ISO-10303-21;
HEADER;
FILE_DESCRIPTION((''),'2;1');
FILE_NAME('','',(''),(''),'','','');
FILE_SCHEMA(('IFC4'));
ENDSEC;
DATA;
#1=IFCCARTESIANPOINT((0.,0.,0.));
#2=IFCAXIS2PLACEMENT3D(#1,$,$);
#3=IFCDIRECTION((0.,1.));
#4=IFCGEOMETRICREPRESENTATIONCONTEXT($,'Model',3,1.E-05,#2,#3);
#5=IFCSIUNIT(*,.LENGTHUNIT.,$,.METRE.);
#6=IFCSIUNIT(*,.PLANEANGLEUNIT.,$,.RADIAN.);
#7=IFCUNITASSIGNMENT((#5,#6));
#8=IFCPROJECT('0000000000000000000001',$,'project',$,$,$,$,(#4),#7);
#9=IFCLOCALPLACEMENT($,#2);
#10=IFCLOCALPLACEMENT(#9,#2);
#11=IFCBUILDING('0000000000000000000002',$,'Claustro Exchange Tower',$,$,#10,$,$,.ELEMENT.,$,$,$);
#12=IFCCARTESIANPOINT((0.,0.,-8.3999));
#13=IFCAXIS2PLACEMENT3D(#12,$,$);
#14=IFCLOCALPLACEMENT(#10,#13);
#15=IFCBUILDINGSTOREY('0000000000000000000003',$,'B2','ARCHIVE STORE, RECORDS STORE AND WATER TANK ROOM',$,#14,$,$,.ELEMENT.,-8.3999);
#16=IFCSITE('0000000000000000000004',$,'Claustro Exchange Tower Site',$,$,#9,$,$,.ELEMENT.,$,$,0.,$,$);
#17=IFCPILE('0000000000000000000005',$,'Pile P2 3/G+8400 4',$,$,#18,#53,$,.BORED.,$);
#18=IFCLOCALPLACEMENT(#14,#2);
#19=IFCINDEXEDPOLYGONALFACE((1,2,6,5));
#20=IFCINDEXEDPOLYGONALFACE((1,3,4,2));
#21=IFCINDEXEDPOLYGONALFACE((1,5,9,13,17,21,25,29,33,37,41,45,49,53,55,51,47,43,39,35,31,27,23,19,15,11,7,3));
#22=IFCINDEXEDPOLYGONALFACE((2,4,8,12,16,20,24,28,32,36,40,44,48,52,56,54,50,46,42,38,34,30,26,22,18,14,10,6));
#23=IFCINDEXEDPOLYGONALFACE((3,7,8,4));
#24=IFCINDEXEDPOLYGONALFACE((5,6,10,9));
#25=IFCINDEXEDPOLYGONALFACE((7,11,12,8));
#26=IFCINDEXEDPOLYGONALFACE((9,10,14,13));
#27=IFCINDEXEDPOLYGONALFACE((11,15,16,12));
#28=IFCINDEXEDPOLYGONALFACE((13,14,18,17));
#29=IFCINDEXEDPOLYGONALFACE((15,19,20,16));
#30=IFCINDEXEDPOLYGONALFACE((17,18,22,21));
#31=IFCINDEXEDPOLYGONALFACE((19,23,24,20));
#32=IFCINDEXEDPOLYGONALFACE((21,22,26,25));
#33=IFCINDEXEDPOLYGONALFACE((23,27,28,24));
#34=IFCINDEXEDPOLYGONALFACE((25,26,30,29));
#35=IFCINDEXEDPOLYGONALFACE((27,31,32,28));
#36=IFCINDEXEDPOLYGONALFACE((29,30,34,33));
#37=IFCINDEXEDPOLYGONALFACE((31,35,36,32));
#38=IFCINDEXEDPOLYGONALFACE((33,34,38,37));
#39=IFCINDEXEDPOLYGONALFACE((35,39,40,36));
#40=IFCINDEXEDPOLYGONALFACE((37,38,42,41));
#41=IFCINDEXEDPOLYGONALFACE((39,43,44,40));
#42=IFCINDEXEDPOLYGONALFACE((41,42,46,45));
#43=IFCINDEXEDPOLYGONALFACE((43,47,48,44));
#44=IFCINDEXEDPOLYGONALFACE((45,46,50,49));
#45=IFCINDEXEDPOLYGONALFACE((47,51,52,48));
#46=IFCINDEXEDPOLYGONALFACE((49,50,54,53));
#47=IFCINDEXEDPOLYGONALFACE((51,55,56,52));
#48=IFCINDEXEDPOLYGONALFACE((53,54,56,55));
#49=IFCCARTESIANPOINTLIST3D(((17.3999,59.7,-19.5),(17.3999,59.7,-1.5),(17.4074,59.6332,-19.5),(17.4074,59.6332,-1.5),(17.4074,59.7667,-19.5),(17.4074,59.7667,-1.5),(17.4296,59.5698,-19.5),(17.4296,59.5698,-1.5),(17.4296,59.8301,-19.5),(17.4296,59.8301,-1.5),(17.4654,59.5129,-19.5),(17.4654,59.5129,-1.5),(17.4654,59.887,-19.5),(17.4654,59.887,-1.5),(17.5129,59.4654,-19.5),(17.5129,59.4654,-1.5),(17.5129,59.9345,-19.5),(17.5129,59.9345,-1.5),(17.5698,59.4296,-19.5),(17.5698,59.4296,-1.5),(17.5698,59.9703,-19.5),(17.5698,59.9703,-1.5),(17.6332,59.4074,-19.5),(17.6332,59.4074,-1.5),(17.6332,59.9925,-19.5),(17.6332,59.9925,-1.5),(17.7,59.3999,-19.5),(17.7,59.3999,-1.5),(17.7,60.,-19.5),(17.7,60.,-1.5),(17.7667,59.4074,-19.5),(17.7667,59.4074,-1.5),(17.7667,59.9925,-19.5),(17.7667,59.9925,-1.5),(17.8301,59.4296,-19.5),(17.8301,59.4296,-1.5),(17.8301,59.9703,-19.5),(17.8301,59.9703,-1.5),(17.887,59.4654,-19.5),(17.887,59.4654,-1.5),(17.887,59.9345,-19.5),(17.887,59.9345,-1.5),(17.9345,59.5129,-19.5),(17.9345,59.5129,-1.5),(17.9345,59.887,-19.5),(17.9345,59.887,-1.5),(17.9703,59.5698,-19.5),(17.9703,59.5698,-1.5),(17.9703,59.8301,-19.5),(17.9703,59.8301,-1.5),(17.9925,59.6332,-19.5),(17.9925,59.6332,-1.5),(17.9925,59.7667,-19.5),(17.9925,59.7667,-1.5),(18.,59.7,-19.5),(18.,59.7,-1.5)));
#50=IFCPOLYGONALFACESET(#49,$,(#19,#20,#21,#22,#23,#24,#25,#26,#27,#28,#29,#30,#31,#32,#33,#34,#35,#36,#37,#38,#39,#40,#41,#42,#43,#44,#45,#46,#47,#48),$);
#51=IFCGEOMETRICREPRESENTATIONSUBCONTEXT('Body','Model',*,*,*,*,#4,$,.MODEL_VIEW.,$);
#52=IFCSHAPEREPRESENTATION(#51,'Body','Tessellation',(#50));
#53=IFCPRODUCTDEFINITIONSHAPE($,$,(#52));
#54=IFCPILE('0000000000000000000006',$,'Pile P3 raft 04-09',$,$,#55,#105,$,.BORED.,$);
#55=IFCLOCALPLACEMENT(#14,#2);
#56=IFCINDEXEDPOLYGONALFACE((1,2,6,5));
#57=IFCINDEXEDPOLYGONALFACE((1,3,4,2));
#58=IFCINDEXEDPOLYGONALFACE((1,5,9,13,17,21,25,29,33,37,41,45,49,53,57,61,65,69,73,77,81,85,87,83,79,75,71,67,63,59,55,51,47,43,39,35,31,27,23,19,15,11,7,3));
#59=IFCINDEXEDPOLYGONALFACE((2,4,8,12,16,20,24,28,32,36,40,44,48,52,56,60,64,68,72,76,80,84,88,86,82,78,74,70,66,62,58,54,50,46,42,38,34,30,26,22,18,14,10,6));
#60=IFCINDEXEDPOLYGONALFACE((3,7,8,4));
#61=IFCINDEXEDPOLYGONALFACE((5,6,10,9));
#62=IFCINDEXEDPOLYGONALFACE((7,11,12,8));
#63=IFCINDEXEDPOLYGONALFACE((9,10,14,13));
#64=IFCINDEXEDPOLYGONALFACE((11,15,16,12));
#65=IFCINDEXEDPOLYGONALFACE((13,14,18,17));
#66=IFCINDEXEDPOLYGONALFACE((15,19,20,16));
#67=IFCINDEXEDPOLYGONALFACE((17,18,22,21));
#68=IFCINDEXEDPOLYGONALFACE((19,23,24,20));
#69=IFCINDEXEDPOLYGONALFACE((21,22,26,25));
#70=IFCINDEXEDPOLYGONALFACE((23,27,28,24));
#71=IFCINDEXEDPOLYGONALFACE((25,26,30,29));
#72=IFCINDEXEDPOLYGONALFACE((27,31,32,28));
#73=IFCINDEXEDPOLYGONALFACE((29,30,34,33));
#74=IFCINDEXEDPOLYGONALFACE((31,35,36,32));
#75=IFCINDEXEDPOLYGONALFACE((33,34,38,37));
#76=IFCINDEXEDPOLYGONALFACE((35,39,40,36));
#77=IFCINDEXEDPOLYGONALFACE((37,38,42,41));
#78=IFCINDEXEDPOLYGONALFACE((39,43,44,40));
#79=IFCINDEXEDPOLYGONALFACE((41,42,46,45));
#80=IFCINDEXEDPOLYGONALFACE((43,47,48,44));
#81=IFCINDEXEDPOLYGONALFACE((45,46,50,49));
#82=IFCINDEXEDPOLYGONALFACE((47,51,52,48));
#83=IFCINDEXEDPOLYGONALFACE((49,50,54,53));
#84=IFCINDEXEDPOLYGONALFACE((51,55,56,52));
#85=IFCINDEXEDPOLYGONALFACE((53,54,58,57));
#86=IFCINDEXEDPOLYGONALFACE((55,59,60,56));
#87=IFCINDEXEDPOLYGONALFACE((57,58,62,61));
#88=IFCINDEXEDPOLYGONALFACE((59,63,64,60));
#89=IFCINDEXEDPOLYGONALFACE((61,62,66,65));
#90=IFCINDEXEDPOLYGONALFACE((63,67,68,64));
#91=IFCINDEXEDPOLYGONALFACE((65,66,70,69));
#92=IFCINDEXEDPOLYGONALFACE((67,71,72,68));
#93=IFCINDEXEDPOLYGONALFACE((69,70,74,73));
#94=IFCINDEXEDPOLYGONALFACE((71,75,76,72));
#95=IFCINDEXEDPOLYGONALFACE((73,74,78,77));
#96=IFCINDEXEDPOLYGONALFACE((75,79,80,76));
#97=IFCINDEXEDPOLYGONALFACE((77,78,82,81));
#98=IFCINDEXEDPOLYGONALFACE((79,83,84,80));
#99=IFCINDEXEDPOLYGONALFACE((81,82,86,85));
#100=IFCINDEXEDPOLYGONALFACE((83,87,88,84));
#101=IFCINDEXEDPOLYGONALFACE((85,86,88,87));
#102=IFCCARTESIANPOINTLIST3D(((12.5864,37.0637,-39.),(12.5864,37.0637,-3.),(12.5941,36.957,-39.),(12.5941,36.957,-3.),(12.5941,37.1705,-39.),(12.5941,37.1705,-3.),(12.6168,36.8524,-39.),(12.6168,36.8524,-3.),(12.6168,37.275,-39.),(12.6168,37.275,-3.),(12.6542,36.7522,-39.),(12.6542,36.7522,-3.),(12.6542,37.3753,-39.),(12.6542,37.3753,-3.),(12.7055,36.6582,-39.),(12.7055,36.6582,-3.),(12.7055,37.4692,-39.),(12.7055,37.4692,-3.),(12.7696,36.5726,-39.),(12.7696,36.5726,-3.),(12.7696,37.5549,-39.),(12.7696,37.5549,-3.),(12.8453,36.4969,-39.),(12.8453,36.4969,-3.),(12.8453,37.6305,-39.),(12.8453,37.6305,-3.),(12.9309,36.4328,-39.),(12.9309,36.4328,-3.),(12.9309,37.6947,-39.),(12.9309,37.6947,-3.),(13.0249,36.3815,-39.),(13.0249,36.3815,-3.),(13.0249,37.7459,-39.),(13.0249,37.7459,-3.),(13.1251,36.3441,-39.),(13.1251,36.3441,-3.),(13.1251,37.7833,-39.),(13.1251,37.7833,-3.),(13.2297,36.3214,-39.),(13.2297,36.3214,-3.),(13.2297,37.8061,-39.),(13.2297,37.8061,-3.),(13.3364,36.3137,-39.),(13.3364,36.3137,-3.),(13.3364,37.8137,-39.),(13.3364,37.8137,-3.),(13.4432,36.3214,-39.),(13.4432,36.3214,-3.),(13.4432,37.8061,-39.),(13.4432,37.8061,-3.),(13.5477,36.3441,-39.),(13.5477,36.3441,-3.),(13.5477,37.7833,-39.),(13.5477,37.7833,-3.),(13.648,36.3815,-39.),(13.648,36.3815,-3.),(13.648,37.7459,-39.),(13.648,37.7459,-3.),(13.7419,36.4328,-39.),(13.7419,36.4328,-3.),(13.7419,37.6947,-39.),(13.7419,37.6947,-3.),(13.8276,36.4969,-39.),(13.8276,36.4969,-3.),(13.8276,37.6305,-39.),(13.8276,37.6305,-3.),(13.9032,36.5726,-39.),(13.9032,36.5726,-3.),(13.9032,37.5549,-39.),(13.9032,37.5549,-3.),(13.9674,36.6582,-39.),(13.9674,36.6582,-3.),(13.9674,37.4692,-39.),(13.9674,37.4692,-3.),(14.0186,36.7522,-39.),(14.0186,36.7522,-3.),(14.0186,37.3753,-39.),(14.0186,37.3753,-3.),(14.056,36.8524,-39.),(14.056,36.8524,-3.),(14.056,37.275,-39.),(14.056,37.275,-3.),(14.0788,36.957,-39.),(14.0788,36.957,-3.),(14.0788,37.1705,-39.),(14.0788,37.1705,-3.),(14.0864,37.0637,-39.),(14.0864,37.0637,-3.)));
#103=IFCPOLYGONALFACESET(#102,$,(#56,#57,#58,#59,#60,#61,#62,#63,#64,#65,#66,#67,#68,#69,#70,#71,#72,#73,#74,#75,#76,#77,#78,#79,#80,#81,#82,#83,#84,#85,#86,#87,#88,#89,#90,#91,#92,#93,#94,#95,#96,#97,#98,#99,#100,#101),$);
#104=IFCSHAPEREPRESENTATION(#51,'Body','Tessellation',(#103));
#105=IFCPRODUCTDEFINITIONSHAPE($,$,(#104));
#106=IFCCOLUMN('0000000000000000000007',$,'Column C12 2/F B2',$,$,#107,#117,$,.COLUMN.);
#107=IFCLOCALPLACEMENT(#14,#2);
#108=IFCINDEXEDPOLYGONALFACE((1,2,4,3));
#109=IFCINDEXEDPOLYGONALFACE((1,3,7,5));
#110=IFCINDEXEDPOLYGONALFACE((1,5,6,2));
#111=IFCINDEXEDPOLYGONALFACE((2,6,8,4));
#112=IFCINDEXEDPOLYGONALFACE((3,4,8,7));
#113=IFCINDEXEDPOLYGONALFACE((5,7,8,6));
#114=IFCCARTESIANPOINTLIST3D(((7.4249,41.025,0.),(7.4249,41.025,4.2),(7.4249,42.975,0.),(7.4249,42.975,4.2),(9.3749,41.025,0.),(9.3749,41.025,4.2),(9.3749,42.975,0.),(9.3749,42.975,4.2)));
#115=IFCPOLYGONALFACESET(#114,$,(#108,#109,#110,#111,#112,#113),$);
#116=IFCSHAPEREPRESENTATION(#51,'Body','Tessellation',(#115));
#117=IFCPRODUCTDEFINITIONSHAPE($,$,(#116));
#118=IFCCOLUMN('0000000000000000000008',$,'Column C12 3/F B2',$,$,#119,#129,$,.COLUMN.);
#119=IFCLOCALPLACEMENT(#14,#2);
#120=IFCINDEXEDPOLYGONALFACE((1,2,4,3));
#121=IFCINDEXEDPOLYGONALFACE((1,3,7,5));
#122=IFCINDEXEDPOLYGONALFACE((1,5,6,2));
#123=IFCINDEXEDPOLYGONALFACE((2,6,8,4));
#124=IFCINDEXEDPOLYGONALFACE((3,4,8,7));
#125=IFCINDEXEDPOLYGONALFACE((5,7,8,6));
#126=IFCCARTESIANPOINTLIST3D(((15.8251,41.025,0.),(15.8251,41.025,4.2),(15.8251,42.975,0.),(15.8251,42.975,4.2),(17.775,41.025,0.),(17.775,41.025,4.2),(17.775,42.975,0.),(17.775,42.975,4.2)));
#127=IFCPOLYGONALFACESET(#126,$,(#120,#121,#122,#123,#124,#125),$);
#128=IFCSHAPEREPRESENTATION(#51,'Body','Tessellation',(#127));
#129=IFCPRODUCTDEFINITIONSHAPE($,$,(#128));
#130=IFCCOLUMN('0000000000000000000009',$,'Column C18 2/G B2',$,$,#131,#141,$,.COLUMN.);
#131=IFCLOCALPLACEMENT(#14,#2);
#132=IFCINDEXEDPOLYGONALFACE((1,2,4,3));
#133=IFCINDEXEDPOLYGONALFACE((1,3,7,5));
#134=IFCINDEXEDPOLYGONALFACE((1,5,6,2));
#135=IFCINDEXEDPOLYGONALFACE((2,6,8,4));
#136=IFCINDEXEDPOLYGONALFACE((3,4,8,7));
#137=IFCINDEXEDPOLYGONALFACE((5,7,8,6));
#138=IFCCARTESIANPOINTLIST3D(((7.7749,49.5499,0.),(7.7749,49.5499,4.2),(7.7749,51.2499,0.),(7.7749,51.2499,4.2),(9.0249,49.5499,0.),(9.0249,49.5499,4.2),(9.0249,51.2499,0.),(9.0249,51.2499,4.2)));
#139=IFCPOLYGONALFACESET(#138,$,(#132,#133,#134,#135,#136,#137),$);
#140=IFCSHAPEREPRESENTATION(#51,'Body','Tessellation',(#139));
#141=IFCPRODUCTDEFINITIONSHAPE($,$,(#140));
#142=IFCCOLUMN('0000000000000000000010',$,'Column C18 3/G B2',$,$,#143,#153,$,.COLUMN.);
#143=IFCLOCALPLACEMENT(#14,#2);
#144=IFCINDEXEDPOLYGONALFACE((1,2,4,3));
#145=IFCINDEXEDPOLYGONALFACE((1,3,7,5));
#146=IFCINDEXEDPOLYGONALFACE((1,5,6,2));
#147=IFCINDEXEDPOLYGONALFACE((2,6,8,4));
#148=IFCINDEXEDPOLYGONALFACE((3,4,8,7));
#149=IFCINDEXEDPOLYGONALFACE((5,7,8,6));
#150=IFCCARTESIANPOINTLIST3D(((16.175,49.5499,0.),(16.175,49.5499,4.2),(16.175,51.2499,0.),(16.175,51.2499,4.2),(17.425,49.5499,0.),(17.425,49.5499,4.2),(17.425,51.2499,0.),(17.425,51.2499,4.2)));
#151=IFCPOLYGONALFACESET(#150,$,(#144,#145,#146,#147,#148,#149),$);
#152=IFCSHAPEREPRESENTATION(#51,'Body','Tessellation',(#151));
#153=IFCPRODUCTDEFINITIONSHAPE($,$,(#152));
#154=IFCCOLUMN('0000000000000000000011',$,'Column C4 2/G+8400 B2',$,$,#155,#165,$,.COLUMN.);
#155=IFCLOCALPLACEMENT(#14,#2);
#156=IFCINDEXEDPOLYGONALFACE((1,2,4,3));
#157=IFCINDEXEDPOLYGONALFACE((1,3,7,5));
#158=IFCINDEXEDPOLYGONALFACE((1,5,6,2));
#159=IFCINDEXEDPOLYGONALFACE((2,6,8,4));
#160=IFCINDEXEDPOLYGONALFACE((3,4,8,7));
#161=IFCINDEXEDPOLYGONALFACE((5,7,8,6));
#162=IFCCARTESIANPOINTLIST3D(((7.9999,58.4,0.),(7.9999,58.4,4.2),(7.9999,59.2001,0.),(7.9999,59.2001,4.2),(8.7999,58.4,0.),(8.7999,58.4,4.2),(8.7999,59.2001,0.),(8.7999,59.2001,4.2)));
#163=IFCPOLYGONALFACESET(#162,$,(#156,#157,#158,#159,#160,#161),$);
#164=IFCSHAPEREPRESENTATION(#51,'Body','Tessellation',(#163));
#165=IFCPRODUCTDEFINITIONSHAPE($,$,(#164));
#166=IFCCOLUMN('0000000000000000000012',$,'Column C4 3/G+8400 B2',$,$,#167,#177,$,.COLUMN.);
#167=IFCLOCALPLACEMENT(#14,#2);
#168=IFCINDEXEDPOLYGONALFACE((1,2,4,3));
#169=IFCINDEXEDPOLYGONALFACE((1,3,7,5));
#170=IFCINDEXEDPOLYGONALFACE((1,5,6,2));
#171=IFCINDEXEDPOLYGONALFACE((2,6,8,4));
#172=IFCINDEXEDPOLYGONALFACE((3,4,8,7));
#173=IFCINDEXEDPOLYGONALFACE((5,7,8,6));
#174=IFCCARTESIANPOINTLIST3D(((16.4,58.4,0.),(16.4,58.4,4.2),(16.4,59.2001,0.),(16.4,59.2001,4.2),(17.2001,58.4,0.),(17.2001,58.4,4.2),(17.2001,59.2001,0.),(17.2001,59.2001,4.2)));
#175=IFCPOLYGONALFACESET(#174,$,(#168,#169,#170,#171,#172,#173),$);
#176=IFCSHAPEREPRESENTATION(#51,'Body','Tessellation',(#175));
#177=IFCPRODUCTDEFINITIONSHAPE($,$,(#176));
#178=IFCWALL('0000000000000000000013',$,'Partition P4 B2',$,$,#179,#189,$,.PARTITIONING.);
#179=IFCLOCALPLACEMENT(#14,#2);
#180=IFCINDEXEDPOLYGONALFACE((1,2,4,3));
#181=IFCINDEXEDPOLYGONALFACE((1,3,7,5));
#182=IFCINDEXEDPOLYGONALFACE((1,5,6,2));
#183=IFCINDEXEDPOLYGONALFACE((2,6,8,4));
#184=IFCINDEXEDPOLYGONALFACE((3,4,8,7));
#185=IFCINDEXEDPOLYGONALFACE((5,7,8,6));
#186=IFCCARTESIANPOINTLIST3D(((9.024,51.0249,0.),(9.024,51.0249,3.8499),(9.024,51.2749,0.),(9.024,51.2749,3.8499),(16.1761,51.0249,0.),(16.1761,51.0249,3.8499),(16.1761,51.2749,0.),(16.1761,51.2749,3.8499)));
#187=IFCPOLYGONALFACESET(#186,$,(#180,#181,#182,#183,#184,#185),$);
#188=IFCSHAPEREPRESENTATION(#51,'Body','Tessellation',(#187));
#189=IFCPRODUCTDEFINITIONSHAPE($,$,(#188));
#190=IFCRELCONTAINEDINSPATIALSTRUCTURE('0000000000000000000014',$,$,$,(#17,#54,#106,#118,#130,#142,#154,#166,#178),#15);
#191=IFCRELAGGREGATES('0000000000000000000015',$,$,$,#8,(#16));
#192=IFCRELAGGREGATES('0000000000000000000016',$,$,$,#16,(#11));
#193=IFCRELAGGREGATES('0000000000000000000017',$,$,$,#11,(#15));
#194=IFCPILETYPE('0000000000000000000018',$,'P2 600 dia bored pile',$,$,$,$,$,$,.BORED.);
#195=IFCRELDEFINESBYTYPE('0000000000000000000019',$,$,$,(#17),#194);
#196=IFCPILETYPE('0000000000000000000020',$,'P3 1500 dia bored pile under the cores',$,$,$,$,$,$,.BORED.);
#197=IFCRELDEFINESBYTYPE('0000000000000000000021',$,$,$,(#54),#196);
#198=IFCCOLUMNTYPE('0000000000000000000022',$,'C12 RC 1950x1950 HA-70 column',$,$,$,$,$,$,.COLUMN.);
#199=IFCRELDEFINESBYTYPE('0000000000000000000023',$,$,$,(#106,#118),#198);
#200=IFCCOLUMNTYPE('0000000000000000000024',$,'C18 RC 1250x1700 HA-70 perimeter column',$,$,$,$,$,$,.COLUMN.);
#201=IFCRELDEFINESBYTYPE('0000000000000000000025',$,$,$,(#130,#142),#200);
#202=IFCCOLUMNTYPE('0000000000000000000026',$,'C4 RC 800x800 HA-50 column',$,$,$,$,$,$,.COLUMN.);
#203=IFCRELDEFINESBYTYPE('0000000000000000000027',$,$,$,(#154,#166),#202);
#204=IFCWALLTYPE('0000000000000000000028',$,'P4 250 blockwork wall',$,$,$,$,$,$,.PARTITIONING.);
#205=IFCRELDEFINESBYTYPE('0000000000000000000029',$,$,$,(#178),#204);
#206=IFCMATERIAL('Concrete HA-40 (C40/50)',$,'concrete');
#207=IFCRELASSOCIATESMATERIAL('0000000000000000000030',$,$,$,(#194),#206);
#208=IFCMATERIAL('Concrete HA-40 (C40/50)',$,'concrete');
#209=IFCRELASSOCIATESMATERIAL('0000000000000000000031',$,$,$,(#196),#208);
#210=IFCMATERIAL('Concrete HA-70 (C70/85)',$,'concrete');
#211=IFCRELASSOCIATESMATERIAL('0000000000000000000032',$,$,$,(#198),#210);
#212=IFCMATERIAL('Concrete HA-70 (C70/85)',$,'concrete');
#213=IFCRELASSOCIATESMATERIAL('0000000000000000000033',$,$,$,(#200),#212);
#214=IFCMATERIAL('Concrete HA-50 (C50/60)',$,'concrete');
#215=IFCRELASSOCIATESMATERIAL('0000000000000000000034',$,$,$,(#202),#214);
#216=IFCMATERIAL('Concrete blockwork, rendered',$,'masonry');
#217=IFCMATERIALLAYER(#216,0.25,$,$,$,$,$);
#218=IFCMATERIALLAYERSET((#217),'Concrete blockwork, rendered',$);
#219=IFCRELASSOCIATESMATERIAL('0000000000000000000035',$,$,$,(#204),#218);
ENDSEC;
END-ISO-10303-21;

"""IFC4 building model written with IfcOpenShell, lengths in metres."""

from ifc_helpers import new_model, si_unit, direction, frame, frame_2d, origin, origin_2d, place, context, subcontext, project, spatial, rectangle, circle, extrude, material, layer, layer_set, material_profile, profile_set, type_object, element, save


model = new_model("IFC4")

# Units and contexts
model_context = context("Model", 3, precision=1e-05, world=origin(), true_north=direction((0.0, 1.0)))
body_context = subcontext(model_context, "Body", "Model", "MODEL_VIEW")
ifc_project = project(units=[si_unit("LENGTHUNIT", "METRE"), si_unit("PLANEANGLEUNIT", "RADIAN")], contexts=[model_context])

# Site, building, storey
site_placement = place(None, origin())
site = spatial("IfcSite", under=ifc_project, at=site_placement, Name="Claustro Exchange Tower Site", CompositionType="ELEMENT", RefElevation=0.0)
building_placement = place(site_placement, origin())
building = spatial("IfcBuilding", under=site, at=building_placement, Name="Claustro Exchange Tower", CompositionType="ELEMENT")
storey_placement = place(building_placement, frame((0.0, 0.0, -8.3999)))
storey = spatial("IfcBuildingStorey", under=building, at=storey_placement, Name="B2", Description="ARCHIVE STORE, RECORDS STORE AND WATER TANK ROOM", CompositionType="ELEMENT", Elevation=-8.3999)

# Piles
ifc_material_1 = material(Name="Concrete HA-40 (C40/50)", Category="concrete")
pile_type_1 = type_object("IfcPileType", Name="P2 600 dia bored pile", PredefinedType="BORED", material=ifc_material_1)
for number, where, z_axis, x_axis, name in (
    (1, (17.7, 59.7, -1.5), (0.0, 0.0, -1.0), (1.0, 0.0, 0.0), "Pile P2 3/G+8400 4"),
):
    element("IfcPile", number, at=place(storey_placement, frame(where, z_axis=z_axis, x_axis=x_axis)), inside=storey, type_object=pile_type_1, Name=name, PredefinedType="BORED", context=body_context, shape_type="SweptSolid", body=[
        extrude(circle(Radius=0.3, at=origin_2d()), origin(), (0.0, 0.0, 1.0), 18.0),
    ])
ifc_material_2 = material(Name="Concrete HA-40 (C40/50)", Category="concrete")
pile_type_2 = type_object("IfcPileType", Name="P3 1500 dia bored pile under the cores", PredefinedType="BORED", material=ifc_material_2)
pile_placement = place(storey_placement, frame((13.3364, 37.0637, -3.0), z_axis=(0.0, 0.0, -1.0), x_axis=(1.0, 0.0, 0.0)))
element("IfcPile", 2, at=pile_placement, inside=storey, type_object=pile_type_2, Name="Pile P3 raft 04-09", PredefinedType="BORED", context=body_context, shape_type="SweptSolid", body=[
    extrude(circle(Radius=0.75, at=origin_2d()), origin(), (0.0, 0.0, 1.0), 36.0),
])

# Columns
ifc_material_3 = material(Name="Concrete HA-70 (C70/85)", Category="concrete")
ifc_material_profile_1 = material_profile(ifc_material_3, rectangle(XDim=1.95, YDim=1.95, at=origin_2d()), Name="RC 1950x1950")
ifc_profile_set_1 = profile_set([ifc_material_profile_1], Name="Concrete HA-70 (C70/85)")
column_type_1 = type_object("IfcColumnType", Name="C12 RC 1950x1950 HA-70 column", PredefinedType="COLUMN", material=ifc_profile_set_1)
for number, where, z_axis, x_axis, name in (
    (3, (8.3999, 42.0, 0.0), (0.0, 0.0, 1.0), (1.0, 0.0, 0.0), "Column C12 2/F B2"),
    (4, (16.8, 42.0, 0.0), (0.0, 0.0, 1.0), (1.0, 0.0, 0.0), "Column C12 3/F B2"),
):
    element("IfcColumn", number, at=place(storey_placement, frame(where, z_axis=z_axis, x_axis=x_axis)), inside=storey, type_object=column_type_1, Name=name, PredefinedType="COLUMN", context=body_context, shape_type="SweptSolid", body=[
        extrude(rectangle(XDim=1.95, YDim=1.95, at=origin_2d()), origin(), (0.0, 0.0, 1.0), 4.2),
    ])
ifc_material_4 = material(Name="Concrete HA-70 (C70/85)", Category="concrete")
ifc_material_profile_2 = material_profile(ifc_material_4, rectangle(XDim=1.25, YDim=1.7, at=origin_2d()), Name="RC 1250x1700")
ifc_profile_set_2 = profile_set([ifc_material_profile_2], Name="Concrete HA-70 (C70/85)")
column_type_2 = type_object("IfcColumnType", Name="C18 RC 1250x1700 HA-70 perimeter column", PredefinedType="COLUMN", material=ifc_profile_set_2)
for number, where, z_axis, x_axis, name in (
    (5, (8.3999, 50.3999, 0.0), (0.0, 0.0, 1.0), (1.0, 0.0, 0.0), "Column C18 2/G B2"),
    (6, (16.8, 50.3999, 0.0), (0.0, 0.0, 1.0), (1.0, 0.0, 0.0), "Column C18 3/G B2"),
):
    element("IfcColumn", number, at=place(storey_placement, frame(where, z_axis=z_axis, x_axis=x_axis)), inside=storey, type_object=column_type_2, Name=name, PredefinedType="COLUMN", context=body_context, shape_type="SweptSolid", body=[
        extrude(rectangle(XDim=1.25, YDim=1.7, at=origin_2d()), origin(), (0.0, 0.0, 1.0), 4.2),
    ])
ifc_material_5 = material(Name="Concrete HA-50 (C50/60)", Category="concrete")
ifc_material_profile_3 = material_profile(ifc_material_5, rectangle(XDim=0.8, YDim=0.8, at=origin_2d()), Name="RC 800x800")
ifc_profile_set_3 = profile_set([ifc_material_profile_3], Name="Concrete HA-50 (C50/60)")
column_type_3 = type_object("IfcColumnType", Name="C4 RC 800x800 HA-50 column", PredefinedType="COLUMN", material=ifc_profile_set_3)
for number, where, z_axis, x_axis, name in (
    (7, (8.3999, 58.8, 0.0), (0.0, 0.0, 1.0), (1.0, 0.0, 0.0), "Column C4 2/G+8400 B2"),
    (8, (16.8, 58.8, 0.0), (0.0, 0.0, 1.0), (1.0, 0.0, 0.0), "Column C4 3/G+8400 B2"),
):
    element("IfcColumn", number, at=place(storey_placement, frame(where, z_axis=z_axis, x_axis=x_axis)), inside=storey, type_object=column_type_3, Name=name, PredefinedType="COLUMN", context=body_context, shape_type="SweptSolid", body=[
        extrude(rectangle(XDim=0.8, YDim=0.8, at=origin_2d()), origin(), (0.0, 0.0, 1.0), 4.2),
    ])

# Wall
ifc_material_6 = material(Name="Concrete blockwork, rendered", Category="masonry")
ifc_layer_1 = layer(ifc_material_6, 0.25)
ifc_layer_set_1 = layer_set([ifc_layer_1], Name="Concrete blockwork, rendered")
wall_type_1 = type_object("IfcWallType", Name="P4 250 blockwork wall", PredefinedType="PARTITIONING", material=ifc_layer_set_1)
wall_1_placement = place(storey_placement, frame((9.0239, 51.1499, 0.0), z_axis=(0.0, 0.0, 1.0), x_axis=(1.0, 0.0, 0.0)))
element("IfcWall", 9, at=wall_1_placement, inside=storey, type_object=wall_type_1, Name="Partition P4 B2", PredefinedType="PARTITIONING", context=body_context, shape_type="SweptSolid", body=[
    extrude(rectangle(XDim=7.1521, YDim=0.25, at=frame_2d((3.5762, 0.0))), origin(), (0.0, 0.0, 1.0), 3.8499),
])

save(model, "model.ifc")
